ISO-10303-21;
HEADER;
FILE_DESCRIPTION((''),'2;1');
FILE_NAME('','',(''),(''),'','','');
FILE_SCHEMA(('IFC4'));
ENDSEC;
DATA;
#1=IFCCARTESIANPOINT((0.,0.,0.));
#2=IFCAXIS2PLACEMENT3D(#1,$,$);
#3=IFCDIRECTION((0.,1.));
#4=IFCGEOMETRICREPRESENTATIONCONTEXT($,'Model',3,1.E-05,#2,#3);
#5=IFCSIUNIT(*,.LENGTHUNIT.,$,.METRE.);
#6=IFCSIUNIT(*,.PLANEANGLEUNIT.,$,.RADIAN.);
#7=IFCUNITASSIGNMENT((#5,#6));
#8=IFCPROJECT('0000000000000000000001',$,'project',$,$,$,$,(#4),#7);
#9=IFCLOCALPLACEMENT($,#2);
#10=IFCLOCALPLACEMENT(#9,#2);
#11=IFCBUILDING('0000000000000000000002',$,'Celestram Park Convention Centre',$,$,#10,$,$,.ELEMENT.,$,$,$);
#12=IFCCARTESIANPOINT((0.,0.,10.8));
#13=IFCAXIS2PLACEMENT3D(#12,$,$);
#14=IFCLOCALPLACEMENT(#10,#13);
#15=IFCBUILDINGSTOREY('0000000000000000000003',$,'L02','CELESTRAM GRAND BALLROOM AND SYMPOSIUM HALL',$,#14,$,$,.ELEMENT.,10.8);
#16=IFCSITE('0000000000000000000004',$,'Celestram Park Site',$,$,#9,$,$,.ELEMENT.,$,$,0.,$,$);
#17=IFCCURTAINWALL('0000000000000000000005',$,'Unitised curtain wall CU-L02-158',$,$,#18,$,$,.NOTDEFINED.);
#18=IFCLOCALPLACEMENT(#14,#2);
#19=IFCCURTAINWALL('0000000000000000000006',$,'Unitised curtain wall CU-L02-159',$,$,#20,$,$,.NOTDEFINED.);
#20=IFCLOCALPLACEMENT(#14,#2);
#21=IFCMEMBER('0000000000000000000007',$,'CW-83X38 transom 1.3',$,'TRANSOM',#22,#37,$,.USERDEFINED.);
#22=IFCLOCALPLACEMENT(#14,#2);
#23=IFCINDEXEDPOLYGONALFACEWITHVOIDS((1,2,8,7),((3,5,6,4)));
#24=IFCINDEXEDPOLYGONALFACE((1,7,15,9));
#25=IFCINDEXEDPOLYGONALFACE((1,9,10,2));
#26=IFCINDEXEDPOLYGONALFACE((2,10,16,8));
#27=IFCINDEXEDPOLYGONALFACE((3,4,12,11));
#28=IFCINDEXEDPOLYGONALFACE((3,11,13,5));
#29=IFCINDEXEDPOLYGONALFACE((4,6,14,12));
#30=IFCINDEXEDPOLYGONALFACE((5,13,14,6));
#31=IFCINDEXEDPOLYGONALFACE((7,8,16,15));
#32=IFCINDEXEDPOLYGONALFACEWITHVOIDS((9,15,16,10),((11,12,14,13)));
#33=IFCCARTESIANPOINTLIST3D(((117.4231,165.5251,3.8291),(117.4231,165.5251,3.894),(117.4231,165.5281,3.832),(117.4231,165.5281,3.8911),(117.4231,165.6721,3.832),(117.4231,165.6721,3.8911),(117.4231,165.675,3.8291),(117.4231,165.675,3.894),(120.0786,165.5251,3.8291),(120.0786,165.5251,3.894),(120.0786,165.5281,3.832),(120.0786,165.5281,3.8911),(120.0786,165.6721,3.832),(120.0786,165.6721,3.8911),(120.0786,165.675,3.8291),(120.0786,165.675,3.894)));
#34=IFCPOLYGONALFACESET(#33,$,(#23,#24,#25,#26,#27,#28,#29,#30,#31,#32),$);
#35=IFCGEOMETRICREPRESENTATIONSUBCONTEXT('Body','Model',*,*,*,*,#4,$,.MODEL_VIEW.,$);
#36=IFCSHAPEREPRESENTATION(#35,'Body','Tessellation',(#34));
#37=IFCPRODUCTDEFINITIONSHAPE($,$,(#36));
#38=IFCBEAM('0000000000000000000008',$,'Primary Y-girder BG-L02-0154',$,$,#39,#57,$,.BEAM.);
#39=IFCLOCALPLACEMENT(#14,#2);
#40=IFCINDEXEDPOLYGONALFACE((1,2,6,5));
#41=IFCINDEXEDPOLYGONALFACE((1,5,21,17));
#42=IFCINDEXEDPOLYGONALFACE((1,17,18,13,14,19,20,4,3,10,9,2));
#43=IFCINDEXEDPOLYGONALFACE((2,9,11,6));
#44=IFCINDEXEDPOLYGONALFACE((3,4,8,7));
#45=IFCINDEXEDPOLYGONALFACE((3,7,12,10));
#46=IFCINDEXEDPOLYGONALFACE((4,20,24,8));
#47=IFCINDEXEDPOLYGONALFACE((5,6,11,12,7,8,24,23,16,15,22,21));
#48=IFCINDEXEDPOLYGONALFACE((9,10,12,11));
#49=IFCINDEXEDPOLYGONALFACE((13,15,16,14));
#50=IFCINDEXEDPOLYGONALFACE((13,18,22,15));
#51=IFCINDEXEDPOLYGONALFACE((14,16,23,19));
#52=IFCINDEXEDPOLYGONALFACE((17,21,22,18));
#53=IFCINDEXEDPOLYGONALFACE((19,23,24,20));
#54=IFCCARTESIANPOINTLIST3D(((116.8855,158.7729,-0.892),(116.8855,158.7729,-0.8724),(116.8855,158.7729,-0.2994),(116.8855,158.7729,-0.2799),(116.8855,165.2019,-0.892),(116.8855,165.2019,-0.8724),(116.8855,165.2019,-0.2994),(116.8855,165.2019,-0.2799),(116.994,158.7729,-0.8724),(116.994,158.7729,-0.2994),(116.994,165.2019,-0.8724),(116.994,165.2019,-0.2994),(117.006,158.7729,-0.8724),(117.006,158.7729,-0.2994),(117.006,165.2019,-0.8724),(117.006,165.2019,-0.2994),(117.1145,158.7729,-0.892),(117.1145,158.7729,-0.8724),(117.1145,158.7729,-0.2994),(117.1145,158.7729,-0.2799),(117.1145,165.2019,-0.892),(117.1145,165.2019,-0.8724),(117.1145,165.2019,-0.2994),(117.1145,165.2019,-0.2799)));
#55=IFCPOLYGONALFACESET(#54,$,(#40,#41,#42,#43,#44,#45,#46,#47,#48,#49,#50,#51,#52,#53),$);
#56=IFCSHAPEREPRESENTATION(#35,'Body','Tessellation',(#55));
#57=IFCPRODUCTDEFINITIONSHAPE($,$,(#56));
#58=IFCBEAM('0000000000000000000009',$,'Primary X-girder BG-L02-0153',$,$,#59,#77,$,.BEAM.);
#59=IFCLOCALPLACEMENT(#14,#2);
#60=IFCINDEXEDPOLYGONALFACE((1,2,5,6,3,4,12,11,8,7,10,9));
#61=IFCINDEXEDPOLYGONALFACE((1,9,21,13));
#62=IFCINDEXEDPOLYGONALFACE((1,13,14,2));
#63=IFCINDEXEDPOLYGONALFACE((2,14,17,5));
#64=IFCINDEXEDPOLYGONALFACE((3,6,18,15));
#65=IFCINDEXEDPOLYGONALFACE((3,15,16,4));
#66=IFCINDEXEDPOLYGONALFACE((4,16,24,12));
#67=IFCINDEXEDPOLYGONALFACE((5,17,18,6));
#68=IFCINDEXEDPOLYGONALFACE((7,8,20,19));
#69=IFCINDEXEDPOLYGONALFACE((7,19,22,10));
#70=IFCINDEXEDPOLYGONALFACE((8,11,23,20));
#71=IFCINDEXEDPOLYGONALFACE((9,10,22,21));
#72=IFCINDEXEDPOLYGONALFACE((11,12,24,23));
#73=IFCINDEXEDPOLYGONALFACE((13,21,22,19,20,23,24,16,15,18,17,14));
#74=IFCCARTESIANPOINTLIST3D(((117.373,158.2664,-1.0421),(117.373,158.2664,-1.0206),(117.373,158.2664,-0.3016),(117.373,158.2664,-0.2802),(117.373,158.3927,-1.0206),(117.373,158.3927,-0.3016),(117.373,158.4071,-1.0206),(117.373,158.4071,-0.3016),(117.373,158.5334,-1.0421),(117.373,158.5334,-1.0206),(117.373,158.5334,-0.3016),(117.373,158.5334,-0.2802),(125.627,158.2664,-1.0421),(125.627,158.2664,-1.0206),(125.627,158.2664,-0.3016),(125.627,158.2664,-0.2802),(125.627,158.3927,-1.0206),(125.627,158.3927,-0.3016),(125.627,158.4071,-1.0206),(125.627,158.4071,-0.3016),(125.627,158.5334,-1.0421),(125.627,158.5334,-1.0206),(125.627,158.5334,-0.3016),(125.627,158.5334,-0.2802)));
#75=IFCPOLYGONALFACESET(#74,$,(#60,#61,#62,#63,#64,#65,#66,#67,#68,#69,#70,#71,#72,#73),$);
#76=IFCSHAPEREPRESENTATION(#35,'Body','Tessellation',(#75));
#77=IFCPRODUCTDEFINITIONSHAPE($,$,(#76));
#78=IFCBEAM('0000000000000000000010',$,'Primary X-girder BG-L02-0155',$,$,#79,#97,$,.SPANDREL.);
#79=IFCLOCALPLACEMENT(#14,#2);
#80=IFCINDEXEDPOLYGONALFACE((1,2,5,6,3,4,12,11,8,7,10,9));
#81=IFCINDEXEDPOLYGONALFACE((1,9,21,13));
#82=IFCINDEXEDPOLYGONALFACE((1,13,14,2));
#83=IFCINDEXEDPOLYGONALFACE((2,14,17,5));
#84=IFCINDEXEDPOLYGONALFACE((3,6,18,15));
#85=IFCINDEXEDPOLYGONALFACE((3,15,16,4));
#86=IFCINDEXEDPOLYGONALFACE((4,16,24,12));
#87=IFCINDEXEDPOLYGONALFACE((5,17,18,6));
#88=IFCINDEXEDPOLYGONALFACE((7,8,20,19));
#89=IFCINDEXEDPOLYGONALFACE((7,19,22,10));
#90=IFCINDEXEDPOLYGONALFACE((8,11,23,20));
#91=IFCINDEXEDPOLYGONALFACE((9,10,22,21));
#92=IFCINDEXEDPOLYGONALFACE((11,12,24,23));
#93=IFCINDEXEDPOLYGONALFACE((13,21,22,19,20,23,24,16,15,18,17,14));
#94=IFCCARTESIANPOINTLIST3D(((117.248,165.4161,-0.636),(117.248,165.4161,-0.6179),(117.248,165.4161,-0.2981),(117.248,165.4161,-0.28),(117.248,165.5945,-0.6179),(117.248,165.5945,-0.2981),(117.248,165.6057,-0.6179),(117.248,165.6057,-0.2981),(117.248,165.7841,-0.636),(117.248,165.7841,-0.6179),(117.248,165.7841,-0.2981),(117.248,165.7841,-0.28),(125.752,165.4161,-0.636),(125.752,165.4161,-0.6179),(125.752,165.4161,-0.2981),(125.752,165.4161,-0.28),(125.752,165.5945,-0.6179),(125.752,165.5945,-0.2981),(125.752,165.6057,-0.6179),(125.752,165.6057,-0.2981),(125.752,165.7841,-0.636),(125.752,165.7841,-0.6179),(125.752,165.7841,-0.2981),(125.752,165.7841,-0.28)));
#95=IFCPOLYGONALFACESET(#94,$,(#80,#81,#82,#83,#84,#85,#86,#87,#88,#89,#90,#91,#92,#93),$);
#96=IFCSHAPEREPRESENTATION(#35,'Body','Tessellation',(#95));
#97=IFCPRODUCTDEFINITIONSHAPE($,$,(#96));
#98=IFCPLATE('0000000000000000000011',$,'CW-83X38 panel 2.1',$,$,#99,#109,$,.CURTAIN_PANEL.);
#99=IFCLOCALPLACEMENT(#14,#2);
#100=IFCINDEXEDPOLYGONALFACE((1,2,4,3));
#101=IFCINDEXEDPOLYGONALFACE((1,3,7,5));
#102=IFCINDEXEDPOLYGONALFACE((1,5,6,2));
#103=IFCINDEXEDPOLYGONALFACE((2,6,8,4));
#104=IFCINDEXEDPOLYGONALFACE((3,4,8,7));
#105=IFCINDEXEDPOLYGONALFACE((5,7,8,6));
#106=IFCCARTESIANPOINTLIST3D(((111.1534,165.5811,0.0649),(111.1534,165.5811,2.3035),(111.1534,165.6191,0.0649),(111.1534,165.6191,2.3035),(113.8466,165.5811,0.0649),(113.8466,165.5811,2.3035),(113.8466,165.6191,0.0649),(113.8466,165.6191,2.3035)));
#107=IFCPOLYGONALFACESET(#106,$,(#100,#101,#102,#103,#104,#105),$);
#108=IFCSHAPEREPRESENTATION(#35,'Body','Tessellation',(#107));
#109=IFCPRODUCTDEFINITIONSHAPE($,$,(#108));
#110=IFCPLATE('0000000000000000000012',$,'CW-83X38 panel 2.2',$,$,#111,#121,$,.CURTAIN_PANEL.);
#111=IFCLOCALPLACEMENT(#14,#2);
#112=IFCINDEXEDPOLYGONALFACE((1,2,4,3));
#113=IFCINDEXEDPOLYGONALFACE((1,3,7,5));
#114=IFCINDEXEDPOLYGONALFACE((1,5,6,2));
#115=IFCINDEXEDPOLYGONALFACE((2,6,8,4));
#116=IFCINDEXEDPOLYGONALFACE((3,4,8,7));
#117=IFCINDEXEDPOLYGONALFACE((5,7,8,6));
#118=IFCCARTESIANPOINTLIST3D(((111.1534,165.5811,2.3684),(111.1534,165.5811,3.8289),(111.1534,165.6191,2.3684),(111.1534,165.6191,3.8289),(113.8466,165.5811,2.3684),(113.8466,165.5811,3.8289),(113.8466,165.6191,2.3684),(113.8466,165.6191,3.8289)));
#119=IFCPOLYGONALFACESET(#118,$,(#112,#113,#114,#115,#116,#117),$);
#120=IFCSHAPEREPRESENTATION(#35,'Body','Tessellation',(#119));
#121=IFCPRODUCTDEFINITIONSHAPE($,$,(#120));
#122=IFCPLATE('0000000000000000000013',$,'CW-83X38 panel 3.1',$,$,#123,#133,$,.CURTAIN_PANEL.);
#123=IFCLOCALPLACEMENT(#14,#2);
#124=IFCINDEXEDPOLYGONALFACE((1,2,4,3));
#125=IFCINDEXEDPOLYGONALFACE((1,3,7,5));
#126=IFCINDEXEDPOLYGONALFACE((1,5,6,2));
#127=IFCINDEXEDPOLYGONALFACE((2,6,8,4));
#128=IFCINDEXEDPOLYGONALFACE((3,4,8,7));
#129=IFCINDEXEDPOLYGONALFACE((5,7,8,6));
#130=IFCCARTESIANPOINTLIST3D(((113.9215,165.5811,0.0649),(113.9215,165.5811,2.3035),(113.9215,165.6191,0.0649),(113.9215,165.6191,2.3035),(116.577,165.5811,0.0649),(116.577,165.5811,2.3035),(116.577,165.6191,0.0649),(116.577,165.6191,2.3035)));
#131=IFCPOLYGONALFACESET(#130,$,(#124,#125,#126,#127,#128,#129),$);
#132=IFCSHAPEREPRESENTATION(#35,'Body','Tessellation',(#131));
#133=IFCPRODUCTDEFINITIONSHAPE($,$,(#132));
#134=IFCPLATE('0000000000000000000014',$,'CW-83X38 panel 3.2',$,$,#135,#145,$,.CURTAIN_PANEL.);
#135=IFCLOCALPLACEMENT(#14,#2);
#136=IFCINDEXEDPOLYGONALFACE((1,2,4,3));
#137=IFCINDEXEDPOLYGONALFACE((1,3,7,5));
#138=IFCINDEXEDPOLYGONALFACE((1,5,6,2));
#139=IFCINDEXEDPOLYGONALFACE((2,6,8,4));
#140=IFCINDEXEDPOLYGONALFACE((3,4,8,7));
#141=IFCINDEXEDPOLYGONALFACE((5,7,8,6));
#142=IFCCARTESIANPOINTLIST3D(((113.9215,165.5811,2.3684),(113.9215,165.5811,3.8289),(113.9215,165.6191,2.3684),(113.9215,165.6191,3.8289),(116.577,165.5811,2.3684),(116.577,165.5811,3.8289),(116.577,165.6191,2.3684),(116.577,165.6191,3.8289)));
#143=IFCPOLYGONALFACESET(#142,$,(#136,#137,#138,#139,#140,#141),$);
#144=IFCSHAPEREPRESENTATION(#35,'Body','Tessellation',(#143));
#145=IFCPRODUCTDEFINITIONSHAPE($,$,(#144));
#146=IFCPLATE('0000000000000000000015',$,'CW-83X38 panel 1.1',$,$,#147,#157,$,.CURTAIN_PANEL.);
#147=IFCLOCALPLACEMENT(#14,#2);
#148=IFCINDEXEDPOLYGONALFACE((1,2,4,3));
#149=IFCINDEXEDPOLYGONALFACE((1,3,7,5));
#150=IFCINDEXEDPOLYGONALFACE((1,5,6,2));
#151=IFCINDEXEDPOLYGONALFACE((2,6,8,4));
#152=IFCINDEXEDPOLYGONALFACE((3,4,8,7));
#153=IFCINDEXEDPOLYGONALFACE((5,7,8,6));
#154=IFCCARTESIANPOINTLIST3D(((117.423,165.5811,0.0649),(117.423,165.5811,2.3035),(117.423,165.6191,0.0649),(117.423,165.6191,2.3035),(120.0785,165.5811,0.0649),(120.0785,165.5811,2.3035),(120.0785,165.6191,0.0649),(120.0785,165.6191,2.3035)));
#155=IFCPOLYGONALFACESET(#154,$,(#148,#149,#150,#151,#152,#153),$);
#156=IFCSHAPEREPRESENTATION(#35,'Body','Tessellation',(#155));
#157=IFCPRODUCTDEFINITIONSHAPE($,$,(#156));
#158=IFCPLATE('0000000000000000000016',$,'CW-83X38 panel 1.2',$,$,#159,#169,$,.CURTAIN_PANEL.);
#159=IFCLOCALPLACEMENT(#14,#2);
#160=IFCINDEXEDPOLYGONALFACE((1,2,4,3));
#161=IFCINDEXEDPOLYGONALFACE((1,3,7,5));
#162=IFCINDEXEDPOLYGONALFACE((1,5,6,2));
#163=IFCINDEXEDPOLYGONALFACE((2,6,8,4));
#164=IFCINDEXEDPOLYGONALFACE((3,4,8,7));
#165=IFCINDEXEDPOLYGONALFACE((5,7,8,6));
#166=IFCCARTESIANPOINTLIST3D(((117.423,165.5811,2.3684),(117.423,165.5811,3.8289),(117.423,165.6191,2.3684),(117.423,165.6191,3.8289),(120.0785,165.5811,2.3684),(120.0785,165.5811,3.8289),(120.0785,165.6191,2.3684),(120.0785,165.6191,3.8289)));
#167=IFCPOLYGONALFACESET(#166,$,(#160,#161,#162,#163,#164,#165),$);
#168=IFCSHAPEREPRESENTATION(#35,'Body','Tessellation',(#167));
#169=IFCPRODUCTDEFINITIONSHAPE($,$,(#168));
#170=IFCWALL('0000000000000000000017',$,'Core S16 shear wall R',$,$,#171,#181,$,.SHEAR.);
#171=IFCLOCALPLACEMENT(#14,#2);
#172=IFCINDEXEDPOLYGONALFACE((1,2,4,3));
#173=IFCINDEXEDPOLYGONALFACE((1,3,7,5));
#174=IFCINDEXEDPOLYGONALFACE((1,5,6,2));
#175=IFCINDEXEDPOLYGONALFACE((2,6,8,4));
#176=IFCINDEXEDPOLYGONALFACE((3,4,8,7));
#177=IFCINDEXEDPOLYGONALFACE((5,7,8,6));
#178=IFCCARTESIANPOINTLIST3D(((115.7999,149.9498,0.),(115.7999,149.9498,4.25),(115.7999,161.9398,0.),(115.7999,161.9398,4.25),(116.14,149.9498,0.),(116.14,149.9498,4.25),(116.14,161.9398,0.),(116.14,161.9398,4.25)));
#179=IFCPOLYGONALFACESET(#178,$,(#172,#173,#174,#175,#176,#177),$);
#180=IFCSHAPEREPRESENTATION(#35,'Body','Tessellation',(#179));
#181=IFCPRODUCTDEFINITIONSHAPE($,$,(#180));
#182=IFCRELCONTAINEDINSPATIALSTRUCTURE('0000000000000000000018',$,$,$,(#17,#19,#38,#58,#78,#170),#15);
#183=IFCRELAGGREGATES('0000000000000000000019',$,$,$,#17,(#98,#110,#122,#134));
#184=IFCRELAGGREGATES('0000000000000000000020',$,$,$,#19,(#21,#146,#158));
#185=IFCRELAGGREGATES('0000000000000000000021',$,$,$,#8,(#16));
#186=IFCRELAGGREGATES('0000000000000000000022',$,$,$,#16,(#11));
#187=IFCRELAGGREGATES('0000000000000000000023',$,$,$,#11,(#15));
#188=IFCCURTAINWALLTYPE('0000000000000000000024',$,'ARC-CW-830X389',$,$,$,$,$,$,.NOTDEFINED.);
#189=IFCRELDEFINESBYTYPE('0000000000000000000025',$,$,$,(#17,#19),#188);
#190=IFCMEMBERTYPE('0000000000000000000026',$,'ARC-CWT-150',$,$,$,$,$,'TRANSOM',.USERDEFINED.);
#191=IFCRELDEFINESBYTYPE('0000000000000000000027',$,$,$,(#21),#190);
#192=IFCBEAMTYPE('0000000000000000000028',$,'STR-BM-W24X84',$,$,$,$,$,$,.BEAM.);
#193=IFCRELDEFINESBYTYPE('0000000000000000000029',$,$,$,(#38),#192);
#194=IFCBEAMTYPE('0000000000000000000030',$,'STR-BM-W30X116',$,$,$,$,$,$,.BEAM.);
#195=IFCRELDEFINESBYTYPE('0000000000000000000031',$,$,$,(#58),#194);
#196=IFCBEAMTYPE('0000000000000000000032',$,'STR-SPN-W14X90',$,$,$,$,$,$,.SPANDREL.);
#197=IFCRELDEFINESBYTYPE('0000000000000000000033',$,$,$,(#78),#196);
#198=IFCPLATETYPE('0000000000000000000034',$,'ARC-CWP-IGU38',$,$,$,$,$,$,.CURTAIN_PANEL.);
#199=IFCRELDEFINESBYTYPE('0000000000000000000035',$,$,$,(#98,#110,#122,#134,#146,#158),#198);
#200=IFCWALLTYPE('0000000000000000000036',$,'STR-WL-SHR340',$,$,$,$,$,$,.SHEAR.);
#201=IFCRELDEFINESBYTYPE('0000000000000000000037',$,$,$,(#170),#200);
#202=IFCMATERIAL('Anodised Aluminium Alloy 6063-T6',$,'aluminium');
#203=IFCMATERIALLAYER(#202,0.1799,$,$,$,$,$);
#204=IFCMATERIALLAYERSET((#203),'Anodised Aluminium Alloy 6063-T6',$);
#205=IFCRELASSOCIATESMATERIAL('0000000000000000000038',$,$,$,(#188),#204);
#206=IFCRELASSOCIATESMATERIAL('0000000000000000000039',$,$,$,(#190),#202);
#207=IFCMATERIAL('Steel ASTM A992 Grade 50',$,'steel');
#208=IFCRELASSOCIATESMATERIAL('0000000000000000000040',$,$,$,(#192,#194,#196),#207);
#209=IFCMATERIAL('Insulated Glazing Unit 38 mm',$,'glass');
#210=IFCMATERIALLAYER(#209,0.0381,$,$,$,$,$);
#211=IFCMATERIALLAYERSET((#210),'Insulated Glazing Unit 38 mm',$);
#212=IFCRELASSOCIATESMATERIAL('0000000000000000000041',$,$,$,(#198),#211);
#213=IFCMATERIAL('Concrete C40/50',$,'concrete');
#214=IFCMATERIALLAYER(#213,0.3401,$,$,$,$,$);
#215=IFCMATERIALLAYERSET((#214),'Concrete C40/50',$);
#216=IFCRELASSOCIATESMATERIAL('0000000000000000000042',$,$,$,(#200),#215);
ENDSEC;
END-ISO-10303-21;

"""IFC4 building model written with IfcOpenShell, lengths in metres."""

from ifc_helpers import new_model, si_unit, direction, frame, frame_2d, origin, origin_2d, place, context, subcontext, project, spatial, rectangle, hollow_rectangle, i_section, extrude, material, layer, layer_set, material_profile, profile_set, type_object, element, aggregate, save


model = new_model("IFC4")

# Units and contexts
model_context = context("Model", 3, precision=1e-05, world=origin(), true_north=direction((0.0, 1.0)))
body_context = subcontext(model_context, "Body", "Model", "MODEL_VIEW")
ifc_project = project(units=[si_unit("LENGTHUNIT", "METRE"), si_unit("PLANEANGLEUNIT", "RADIAN")], contexts=[model_context])

# Site, building, storey
site_placement = place(None, origin())
site = spatial("IfcSite", under=ifc_project, at=site_placement, Name="Celestram Park Site", CompositionType="ELEMENT", RefElevation=0.0)
building_placement = place(site_placement, origin())
building = spatial("IfcBuilding", under=site, at=building_placement, Name="Celestram Park Convention Centre", CompositionType="ELEMENT")
storey_placement = place(building_placement, frame((0.0, 0.0, 10.8)))
storey = spatial("IfcBuildingStorey", under=building, at=storey_placement, Name="L02", Description="CELESTRAM GRAND BALLROOM AND SYMPOSIUM HALL", CompositionType="ELEMENT", Elevation=10.8)

# Shared definitions
ifc_material_1 = material(Name="Concrete C40/50", Category="concrete")

# Curtain walls
ifc_material_2 = material(Name="Anodised Aluminium Alloy 6063-T6", Category="aluminium")
ifc_layer_1 = layer(ifc_material_2, 0.1799)
ifc_layer_set_1 = layer_set([ifc_layer_1], Name="Anodised Aluminium Alloy 6063-T6")
curtain_wall_type = type_object("IfcCurtainWallType", Name="ARC-CW-830X389", PredefinedType="NOTDEFINED", material=ifc_layer_set_1)
curtain_wall_1_placement = place(storey_placement, origin())
curtain_wall_1 = element("IfcCurtainWall", 1, at=curtain_wall_1_placement, inside=storey, type_object=curtain_wall_type, Name="Unitised curtain wall CU-L02-158", PredefinedType="NOTDEFINED")
curtain_wall_2_placement = place(storey_placement, origin())
curtain_wall_2 = element("IfcCurtainWall", 2, at=curtain_wall_2_placement, inside=storey, type_object=curtain_wall_type, Name="Unitised curtain wall CU-L02-159", PredefinedType="NOTDEFINED")

# Member
ifc_material_profile_1 = material_profile(ifc_material_2, hollow_rectangle(XDim=0.1499, YDim=0.0649, WallThickness=0.0029, at=origin_2d()), Name="ALU150X65X3")
ifc_profile_set_1 = profile_set([ifc_material_profile_1], Name="Anodised Aluminium Alloy 6063-T6")
member_type_1 = type_object("IfcMemberType", Name="ARC-CWT-150", ElementType="TRANSOM", PredefinedType="USERDEFINED", material=ifc_profile_set_1)
member_1_placement = place(storey_placement, frame((117.4231, 165.6001, 3.8616), z_axis=(1.0, 0.0, 0.0), x_axis=(0.0, 1.0, 0.0)))
member_1 = element("IfcMember", 3, at=member_1_placement, type_object=member_type_1, Name="CW-83X38 transom 1.3", ObjectType="TRANSOM", PredefinedType="USERDEFINED", context=body_context, shape_type="SweptSolid", body=[
    extrude(hollow_rectangle(XDim=0.1499, YDim=0.0649, WallThickness=0.0029, at=origin_2d()), origin(), (0.0, 0.0, 1.0), 2.6555),
])

# Beams
ifc_material_3 = material(Name="Steel ASTM A992 Grade 50", Category="steel")
ifc_material_profile_2 = material_profile(ifc_material_3, i_section(OverallWidth=0.229, OverallDepth=0.6121, WebThickness=0.012, FlangeThickness=0.0195, at=origin_2d()), Name="W24X84")
ifc_profile_set_2 = profile_set([ifc_material_profile_2], Name="Steel ASTM A992 Grade 50")
beam_type_1 = type_object("IfcBeamType", Name="STR-BM-W24X84", PredefinedType="BEAM", material=ifc_profile_set_2)
beam_1_placement = place(storey_placement, frame((117.0, 158.7729, -0.5859), z_axis=(0.0, 1.0, 0.0), x_axis=(-1.0, 0.0, 0.0)))
element("IfcBeam", 4, at=beam_1_placement, inside=storey, type_object=beam_type_1, Name="Primary Y-girder BG-L02-0154", PredefinedType="BEAM", context=body_context, shape_type="SweptSolid", body=[
    extrude(i_section(OverallWidth=0.229, OverallDepth=0.6121, WebThickness=0.012, FlangeThickness=0.0195, at=origin_2d()), origin(), (0.0, 0.0, 1.0), 6.429),
])
ifc_material_profile_3 = material_profile(ifc_material_3, i_section(OverallWidth=0.2671, OverallDepth=0.762, WebThickness=0.0144, FlangeThickness=0.0215, at=origin_2d()), Name="W30X116")
ifc_profile_set_3 = profile_set([ifc_material_profile_3], Name="Steel ASTM A992 Grade 50")
beam_type_2 = type_object("IfcBeamType", Name="STR-BM-W30X116", PredefinedType="BEAM", material=ifc_profile_set_3)
beam_2_placement = place(storey_placement, frame((117.373, 158.3999, -0.6611), z_axis=(1.0, 0.0, 0.0), x_axis=(0.0, 1.0, 0.0)))
element("IfcBeam", 5, at=beam_2_placement, inside=storey, type_object=beam_type_2, Name="Primary X-girder BG-L02-0153", PredefinedType="BEAM", context=body_context, shape_type="SweptSolid", body=[
    extrude(i_section(OverallWidth=0.2671, OverallDepth=0.762, WebThickness=0.0144, FlangeThickness=0.0215, at=origin_2d()), origin(), (0.0, 0.0, 1.0), 8.2539),
])
ifc_material_profile_4 = material_profile(ifc_material_3, i_section(OverallWidth=0.3679, OverallDepth=0.356, WebThickness=0.0112, FlangeThickness=0.0181, at=origin_2d()), Name="W14X90")
ifc_profile_set_4 = profile_set([ifc_material_profile_4], Name="Steel ASTM A992 Grade 50")
beam_type_3 = type_object("IfcBeamType", Name="STR-SPN-W14X90", PredefinedType="SPANDREL", material=ifc_profile_set_4)
beam_3_placement = place(storey_placement, frame((117.248, 165.6001, -0.458), z_axis=(1.0, 0.0, 0.0), x_axis=(0.0, 1.0, 0.0)))
element("IfcBeam", 6, at=beam_3_placement, inside=storey, type_object=beam_type_3, Name="Primary X-girder BG-L02-0155", PredefinedType="SPANDREL", context=body_context, shape_type="SweptSolid", body=[
    extrude(i_section(OverallWidth=0.3679, OverallDepth=0.356, WebThickness=0.0112, FlangeThickness=0.0181, at=origin_2d()), origin(), (0.0, 0.0, 1.0), 8.5039),
])

# Plates
ifc_material_4 = material(Name="Insulated Glazing Unit 38 mm", Category="glass")
ifc_layer_2 = layer(ifc_material_4, 0.0381)
ifc_layer_set_2 = layer_set([ifc_layer_2], Name="Insulated Glazing Unit 38 mm")
plate_type = type_object("IfcPlateType", Name="ARC-CWP-IGU38", PredefinedType="CURTAIN_PANEL", material=ifc_layer_set_2)
plate_1_placement = place(storey_placement, frame((112.5, 165.6001, 0.0649), z_axis=(0.0, 0.0, 1.0), x_axis=(1.0, 0.0, 0.0)))
plate_1 = element("IfcPlate", 7, at=plate_1_placement, type_object=plate_type, Name="CW-83X38 panel 2.1", PredefinedType="CURTAIN_PANEL", context=body_context, shape_type="SweptSolid", body=[
    extrude(rectangle(XDim=2.6931, YDim=0.0381, at=origin_2d()), origin(), (0.0, 0.0, 1.0), 2.2385),
])
plate_2_placement = place(storey_placement, frame((112.5, 165.6001, 2.3684), z_axis=(0.0, 0.0, 1.0), x_axis=(1.0, 0.0, 0.0)))
plate_2 = element("IfcPlate", 8, at=plate_2_placement, type_object=plate_type, Name="CW-83X38 panel 2.2", PredefinedType="CURTAIN_PANEL", context=body_context, shape_type="SweptSolid", body=[
    extrude(rectangle(XDim=2.6931, YDim=0.0381, at=origin_2d()), origin(), (0.0, 0.0, 1.0), 1.4604),
])
plate_3_placement = place(storey_placement, frame((115.2493, 165.6001, 0.0649), z_axis=(0.0, 0.0, 1.0), x_axis=(1.0, 0.0, 0.0)))
plate_3 = element("IfcPlate", 9, at=plate_3_placement, type_object=plate_type, Name="CW-83X38 panel 3.1", PredefinedType="CURTAIN_PANEL", context=body_context, shape_type="SweptSolid", body=[
    extrude(rectangle(XDim=2.6555, YDim=0.0381, at=origin_2d()), origin(), (0.0, 0.0, 1.0), 2.2385),
])
plate_4_placement = place(storey_placement, frame((115.2493, 165.6001, 2.3684), z_axis=(0.0, 0.0, 1.0), x_axis=(1.0, 0.0, 0.0)))
plate_4 = element("IfcPlate", 10, at=plate_4_placement, type_object=plate_type, Name="CW-83X38 panel 3.2", PredefinedType="CURTAIN_PANEL", context=body_context, shape_type="SweptSolid", body=[
    extrude(rectangle(XDim=2.6555, YDim=0.0381, at=origin_2d()), origin(), (0.0, 0.0, 1.0), 1.4604),
])
aggregate(curtain_wall_1, [plate_1, plate_2, plate_3, plate_4])
plate_5_placement = place(storey_placement, frame((118.7507, 165.6001, 0.0649), z_axis=(0.0, 0.0, 1.0), x_axis=(1.0, 0.0, 0.0)))
plate_5 = element("IfcPlate", 11, at=plate_5_placement, type_object=plate_type, Name="CW-83X38 panel 1.1", PredefinedType="CURTAIN_PANEL", context=body_context, shape_type="SweptSolid", body=[
    extrude(rectangle(XDim=2.6555, YDim=0.0381, at=origin_2d()), origin(), (0.0, 0.0, 1.0), 2.2385),
])
plate_6_placement = place(storey_placement, frame((118.7507, 165.6001, 2.3684), z_axis=(0.0, 0.0, 1.0), x_axis=(1.0, 0.0, 0.0)))
plate_6 = element("IfcPlate", 12, at=plate_6_placement, type_object=plate_type, Name="CW-83X38 panel 1.2", PredefinedType="CURTAIN_PANEL", context=body_context, shape_type="SweptSolid", body=[
    extrude(rectangle(XDim=2.6555, YDim=0.0381, at=origin_2d()), origin(), (0.0, 0.0, 1.0), 1.4604),
])
aggregate(curtain_wall_2, [member_1, plate_5, plate_6])

# Wall
ifc_layer_3 = layer(ifc_material_1, 0.3401)
ifc_layer_set_3 = layer_set([ifc_layer_3], Name="Concrete C40/50")
wall_type = type_object("IfcWallType", Name="STR-WL-SHR340", PredefinedType="SHEAR", material=ifc_layer_set_3)
wall_placement = place(storey_placement, frame((115.97, 161.9399, 0.0), z_axis=(0.0, 0.0, 1.0), x_axis=(0.0, -1.0, 0.0)))
element("IfcWall", 13, at=wall_placement, inside=storey, type_object=wall_type, Name="Core S16 shear wall R", PredefinedType="SHEAR", context=body_context, shape_type="SweptSolid", body=[
    extrude(rectangle(XDim=11.99, YDim=0.3401, at=frame_2d((5.9951, 0.0))), origin(), (0.0, 0.0, 1.0), 4.25),
])

save(model, "model.ifc")
